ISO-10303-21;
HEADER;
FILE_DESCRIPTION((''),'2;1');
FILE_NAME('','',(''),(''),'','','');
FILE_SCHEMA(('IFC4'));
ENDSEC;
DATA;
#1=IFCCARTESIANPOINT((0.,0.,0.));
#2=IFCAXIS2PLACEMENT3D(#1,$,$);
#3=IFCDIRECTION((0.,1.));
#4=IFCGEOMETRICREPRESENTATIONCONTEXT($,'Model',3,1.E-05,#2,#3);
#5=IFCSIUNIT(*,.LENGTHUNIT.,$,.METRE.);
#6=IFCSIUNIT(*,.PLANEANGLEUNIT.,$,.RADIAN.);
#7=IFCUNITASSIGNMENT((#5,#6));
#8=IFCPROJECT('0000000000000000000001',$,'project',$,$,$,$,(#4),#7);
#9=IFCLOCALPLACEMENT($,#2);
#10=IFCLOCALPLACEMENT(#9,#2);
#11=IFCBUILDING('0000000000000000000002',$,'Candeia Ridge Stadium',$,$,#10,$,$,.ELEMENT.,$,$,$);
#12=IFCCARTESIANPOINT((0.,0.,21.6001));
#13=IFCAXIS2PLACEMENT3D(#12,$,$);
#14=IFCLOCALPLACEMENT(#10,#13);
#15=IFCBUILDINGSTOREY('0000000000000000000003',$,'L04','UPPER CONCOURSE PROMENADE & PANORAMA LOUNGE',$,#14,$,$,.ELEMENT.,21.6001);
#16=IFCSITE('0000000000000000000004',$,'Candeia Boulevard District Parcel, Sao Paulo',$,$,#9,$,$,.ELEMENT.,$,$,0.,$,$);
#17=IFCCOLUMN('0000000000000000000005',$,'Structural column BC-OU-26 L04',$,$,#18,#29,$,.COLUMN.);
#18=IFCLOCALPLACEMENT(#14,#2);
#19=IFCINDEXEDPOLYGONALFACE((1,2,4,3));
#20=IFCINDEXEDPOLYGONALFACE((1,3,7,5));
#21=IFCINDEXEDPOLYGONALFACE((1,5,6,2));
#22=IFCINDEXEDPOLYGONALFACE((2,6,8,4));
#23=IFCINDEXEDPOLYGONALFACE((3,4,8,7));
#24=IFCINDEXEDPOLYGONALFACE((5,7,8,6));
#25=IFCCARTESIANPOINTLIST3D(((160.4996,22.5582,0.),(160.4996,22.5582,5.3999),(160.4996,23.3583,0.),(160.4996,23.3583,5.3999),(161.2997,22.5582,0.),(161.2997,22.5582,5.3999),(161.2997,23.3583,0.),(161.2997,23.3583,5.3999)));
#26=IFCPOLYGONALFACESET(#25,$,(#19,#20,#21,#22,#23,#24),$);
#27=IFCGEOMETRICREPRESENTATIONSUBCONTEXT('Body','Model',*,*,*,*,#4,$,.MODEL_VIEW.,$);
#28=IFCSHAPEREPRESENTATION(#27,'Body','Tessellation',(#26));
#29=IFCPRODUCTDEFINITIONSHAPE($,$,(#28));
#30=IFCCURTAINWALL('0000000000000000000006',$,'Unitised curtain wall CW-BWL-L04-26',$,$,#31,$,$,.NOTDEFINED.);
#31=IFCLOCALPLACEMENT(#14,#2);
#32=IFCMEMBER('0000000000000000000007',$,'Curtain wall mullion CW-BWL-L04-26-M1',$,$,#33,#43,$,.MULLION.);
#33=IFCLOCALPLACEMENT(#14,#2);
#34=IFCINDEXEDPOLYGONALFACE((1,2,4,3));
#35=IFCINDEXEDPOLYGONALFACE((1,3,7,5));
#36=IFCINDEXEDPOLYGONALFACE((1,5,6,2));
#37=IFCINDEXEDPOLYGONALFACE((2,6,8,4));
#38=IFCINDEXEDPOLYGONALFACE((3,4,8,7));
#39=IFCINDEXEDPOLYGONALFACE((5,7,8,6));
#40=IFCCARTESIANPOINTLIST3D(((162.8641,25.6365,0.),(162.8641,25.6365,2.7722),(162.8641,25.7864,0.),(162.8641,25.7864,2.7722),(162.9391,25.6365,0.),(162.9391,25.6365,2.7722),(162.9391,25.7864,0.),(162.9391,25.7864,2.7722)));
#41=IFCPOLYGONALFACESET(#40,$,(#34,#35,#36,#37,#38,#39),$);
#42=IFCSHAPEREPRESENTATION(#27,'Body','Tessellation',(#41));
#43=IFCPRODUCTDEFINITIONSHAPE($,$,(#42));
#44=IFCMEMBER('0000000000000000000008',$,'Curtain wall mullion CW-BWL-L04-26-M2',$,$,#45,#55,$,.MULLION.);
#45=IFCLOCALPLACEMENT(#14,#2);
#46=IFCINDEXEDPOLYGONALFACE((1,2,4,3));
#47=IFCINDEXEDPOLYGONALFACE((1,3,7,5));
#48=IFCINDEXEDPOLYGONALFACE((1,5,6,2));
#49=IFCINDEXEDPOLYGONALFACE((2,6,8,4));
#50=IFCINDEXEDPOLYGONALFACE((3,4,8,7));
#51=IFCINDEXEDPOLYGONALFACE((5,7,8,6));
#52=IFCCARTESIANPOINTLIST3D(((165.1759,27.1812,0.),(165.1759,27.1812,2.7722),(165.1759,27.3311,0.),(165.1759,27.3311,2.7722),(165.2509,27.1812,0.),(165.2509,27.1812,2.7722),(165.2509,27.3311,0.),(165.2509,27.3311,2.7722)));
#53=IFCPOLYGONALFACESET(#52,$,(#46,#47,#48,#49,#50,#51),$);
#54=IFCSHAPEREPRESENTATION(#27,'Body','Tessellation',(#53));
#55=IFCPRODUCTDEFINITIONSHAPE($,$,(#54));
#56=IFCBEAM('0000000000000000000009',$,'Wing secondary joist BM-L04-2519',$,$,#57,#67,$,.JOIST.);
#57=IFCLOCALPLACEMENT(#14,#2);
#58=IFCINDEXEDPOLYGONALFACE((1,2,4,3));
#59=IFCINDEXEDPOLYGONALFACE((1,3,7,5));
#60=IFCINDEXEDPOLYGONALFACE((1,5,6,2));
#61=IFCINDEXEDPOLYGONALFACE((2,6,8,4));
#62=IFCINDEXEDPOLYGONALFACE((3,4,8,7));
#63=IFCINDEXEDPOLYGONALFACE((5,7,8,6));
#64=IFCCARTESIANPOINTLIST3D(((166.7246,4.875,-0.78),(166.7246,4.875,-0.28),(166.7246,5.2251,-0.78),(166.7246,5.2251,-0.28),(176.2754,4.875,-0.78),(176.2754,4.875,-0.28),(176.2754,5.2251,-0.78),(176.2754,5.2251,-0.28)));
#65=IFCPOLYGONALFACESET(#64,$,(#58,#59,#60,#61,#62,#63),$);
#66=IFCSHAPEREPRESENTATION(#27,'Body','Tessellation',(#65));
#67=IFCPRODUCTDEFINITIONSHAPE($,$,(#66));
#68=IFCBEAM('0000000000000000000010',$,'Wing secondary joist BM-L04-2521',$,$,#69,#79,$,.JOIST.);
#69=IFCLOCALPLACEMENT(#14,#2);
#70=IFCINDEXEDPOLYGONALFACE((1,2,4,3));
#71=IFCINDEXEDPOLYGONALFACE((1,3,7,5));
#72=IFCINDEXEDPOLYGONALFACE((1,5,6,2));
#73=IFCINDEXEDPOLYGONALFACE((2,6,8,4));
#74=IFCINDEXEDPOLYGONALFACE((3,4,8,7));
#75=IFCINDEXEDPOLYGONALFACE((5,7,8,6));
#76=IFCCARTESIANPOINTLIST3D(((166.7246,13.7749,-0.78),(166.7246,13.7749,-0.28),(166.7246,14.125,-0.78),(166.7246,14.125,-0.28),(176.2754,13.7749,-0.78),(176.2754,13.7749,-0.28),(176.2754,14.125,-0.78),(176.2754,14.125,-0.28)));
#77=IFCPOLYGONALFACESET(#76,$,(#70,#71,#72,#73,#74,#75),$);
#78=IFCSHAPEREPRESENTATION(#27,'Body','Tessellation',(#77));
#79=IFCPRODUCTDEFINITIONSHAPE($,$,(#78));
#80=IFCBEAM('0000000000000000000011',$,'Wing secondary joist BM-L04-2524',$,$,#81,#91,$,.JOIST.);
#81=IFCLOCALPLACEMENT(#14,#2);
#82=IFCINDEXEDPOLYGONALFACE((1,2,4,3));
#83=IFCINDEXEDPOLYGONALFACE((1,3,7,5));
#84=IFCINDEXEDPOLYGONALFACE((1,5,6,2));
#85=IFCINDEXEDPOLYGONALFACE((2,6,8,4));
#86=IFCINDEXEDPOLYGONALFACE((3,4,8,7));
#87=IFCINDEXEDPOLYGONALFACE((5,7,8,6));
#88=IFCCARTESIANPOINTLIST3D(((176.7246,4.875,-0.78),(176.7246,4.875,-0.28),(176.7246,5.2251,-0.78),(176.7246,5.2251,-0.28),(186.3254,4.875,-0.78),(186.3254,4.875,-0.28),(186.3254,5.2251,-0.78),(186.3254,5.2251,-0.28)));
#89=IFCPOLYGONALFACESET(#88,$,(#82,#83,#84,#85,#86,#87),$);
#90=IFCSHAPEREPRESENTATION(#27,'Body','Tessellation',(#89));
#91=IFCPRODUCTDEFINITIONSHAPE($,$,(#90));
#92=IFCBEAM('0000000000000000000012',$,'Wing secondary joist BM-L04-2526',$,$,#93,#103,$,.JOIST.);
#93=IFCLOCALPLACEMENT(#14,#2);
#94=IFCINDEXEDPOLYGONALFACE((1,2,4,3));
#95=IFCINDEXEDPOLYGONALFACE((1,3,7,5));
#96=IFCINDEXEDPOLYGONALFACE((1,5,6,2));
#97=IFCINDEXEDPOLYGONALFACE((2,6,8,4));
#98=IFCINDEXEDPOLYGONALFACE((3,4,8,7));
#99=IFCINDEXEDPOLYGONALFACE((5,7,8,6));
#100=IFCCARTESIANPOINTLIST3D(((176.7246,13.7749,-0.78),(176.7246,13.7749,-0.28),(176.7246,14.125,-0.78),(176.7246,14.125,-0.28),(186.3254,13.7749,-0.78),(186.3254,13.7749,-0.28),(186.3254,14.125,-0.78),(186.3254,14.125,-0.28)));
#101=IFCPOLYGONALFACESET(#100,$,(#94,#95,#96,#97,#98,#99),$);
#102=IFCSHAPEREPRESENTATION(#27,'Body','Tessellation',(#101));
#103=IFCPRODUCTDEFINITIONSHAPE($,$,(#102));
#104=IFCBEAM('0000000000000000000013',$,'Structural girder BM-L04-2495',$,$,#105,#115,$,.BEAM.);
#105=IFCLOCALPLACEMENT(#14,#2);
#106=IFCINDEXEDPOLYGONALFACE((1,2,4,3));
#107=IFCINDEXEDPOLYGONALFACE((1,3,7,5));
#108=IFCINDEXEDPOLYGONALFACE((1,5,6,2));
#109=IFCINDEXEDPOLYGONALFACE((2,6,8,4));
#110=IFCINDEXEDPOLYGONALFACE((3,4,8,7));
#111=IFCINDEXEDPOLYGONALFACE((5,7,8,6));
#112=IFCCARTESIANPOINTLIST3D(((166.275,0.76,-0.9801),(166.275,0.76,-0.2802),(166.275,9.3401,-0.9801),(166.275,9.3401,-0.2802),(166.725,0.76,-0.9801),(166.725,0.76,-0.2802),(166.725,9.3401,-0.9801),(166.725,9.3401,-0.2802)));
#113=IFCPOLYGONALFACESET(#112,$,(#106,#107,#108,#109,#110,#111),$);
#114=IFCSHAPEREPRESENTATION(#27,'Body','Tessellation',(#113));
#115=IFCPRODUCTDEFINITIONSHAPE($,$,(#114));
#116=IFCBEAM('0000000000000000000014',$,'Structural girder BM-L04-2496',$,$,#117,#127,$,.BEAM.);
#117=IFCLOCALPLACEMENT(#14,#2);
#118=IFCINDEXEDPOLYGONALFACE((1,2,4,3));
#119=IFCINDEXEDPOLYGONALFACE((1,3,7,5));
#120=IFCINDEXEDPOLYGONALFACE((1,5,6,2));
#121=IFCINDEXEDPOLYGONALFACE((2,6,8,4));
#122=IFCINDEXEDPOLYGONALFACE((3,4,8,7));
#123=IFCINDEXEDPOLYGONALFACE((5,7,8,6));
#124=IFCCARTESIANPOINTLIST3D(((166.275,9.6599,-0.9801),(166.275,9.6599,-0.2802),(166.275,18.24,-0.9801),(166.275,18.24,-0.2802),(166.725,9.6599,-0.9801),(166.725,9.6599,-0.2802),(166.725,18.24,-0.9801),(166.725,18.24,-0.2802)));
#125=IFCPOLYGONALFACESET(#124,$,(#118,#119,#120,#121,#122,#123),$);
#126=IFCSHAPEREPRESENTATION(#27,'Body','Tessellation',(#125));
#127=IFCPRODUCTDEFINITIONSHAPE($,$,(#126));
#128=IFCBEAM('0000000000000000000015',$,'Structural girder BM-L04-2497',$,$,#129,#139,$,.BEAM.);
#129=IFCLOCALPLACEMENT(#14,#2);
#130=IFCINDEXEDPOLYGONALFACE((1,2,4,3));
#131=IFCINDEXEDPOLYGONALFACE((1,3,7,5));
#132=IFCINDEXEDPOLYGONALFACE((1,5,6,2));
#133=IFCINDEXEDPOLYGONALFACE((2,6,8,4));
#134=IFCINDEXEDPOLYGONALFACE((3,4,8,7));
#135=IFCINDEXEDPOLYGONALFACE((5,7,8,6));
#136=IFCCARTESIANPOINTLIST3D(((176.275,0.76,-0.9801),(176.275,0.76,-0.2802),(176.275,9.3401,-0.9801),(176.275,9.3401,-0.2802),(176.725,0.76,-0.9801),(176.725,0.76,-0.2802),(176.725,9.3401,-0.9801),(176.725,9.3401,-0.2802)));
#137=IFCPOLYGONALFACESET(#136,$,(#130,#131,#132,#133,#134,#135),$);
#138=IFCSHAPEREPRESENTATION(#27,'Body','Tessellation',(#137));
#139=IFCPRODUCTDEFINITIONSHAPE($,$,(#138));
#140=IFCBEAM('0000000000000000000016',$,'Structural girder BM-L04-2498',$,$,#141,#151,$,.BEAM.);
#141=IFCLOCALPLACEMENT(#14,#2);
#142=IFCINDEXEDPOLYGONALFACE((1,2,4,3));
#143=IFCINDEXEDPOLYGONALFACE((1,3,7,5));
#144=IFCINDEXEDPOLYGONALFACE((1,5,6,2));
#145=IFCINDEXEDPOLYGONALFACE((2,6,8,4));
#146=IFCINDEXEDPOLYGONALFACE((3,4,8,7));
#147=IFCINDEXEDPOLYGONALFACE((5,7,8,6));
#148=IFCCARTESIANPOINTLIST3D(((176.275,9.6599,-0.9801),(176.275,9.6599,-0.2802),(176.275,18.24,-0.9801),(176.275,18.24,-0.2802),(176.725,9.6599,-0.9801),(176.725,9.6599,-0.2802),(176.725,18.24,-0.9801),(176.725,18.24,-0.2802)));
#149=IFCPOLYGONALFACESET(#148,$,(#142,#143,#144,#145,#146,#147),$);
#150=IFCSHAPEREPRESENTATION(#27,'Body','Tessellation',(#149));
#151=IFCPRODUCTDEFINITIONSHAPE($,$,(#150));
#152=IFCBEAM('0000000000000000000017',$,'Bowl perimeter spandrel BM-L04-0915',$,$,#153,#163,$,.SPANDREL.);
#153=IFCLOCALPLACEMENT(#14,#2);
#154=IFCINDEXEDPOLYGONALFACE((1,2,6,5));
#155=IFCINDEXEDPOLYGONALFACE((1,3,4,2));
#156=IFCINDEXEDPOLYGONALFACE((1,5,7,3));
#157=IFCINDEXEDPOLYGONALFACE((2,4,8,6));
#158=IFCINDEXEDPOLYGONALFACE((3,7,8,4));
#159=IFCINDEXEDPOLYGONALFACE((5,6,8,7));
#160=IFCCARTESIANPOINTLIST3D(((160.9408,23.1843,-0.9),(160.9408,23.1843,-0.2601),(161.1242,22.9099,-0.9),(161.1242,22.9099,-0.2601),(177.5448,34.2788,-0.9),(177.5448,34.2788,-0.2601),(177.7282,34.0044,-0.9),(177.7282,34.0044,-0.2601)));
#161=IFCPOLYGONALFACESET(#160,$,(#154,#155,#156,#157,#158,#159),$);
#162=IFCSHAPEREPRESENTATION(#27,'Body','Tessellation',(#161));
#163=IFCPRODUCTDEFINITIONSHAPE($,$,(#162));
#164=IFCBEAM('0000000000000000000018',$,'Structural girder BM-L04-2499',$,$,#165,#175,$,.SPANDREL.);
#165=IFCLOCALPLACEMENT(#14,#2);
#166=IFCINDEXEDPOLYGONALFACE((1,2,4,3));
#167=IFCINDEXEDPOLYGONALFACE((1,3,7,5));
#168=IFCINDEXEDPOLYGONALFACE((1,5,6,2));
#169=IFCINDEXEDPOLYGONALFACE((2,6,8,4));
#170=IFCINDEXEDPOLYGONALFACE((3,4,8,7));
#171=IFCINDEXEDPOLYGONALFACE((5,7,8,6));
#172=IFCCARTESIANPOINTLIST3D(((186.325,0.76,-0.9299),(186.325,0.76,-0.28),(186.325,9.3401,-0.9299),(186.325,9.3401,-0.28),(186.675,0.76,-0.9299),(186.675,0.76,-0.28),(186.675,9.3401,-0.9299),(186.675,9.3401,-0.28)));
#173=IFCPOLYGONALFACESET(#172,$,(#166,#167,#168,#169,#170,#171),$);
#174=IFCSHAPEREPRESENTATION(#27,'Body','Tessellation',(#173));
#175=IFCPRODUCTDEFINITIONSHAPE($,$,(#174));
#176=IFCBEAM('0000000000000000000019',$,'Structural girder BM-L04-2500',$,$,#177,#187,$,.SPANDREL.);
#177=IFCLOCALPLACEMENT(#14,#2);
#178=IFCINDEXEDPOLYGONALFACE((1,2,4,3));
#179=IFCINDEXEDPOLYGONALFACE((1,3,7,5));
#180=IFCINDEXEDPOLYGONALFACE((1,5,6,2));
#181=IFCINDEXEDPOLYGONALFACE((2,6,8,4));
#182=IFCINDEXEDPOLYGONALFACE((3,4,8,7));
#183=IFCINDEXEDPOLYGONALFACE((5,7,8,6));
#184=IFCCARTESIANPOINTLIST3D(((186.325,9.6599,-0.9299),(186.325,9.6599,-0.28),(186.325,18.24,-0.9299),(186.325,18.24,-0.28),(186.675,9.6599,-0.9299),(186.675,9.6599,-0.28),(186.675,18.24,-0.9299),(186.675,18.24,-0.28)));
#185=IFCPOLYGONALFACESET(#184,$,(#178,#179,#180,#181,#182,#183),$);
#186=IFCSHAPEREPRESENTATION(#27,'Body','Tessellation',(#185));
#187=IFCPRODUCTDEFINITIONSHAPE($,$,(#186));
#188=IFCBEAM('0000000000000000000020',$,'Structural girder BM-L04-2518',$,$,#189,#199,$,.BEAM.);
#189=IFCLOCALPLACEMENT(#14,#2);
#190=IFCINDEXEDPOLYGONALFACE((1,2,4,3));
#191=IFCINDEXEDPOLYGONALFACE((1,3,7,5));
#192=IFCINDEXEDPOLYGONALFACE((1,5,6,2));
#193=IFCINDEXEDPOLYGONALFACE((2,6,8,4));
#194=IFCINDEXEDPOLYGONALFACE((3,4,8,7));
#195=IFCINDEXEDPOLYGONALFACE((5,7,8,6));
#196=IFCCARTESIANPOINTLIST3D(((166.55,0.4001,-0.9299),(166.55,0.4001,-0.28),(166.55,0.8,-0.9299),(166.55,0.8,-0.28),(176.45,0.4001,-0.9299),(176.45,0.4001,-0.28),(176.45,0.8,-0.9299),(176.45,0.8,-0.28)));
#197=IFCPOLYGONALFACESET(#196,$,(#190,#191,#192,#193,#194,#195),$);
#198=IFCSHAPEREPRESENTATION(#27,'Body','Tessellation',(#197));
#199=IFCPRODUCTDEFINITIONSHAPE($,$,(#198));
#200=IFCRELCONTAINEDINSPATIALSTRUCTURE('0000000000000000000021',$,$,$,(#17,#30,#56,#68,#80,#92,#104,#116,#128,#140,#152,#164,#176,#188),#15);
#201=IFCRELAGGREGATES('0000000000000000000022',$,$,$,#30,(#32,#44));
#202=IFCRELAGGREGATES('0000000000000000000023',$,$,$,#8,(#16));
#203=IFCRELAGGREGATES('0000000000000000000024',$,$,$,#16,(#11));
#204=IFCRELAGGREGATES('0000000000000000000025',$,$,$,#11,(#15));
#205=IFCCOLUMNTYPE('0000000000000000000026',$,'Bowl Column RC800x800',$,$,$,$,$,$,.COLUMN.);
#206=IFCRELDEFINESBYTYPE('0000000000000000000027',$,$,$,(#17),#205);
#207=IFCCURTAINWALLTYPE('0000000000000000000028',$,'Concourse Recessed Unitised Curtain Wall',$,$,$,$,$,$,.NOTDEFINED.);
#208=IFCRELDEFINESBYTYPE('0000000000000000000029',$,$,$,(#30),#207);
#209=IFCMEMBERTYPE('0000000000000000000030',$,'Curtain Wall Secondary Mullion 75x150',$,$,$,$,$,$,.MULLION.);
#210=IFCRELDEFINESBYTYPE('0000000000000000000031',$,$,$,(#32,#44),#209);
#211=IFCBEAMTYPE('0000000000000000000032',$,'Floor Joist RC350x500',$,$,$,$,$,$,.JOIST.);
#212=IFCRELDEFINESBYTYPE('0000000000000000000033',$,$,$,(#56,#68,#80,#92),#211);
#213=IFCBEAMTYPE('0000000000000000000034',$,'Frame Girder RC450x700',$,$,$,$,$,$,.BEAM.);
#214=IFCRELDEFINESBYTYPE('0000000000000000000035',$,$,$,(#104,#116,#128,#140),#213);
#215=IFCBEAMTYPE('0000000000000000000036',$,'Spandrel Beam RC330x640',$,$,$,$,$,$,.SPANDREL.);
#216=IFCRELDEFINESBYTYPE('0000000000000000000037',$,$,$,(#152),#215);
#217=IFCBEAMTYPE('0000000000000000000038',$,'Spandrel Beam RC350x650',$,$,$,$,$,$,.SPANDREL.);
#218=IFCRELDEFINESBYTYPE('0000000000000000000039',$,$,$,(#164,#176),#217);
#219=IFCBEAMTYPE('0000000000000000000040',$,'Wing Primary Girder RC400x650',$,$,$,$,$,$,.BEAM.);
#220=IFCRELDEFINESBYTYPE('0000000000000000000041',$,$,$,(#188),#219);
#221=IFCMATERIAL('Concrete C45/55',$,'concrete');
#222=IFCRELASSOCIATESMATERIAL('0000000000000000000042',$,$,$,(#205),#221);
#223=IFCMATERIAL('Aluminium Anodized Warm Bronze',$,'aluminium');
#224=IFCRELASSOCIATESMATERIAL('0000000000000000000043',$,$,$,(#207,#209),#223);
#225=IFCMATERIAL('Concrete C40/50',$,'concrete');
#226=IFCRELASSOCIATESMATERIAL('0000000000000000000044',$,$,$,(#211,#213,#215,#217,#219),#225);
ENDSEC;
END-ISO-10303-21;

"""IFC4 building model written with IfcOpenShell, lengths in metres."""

from ifc_helpers import new_model, si_unit, direction, frame, origin, origin_2d, place, context, subcontext, project, spatial, rectangle, extrude, material, material_profile, profile_set, type_object, element, aggregate, save


model = new_model("IFC4")

# Units and contexts
model_context = context("Model", 3, precision=1e-05, world=origin(), true_north=direction((0.0, 1.0)))
body_context = subcontext(model_context, "Body", "Model", "MODEL_VIEW")
ifc_project = project(units=[si_unit("LENGTHUNIT", "METRE"), si_unit("PLANEANGLEUNIT", "RADIAN")], contexts=[model_context])

# Site, building, storey
site_placement = place(None, origin())
site = spatial("IfcSite", under=ifc_project, at=site_placement, Name="Candeia Boulevard District Parcel, Sao Paulo", CompositionType="ELEMENT", RefElevation=0.0)
building_placement = place(site_placement, origin())
building = spatial("IfcBuilding", under=site, at=building_placement, Name="Candeia Ridge Stadium", CompositionType="ELEMENT")
storey_placement = place(building_placement, frame((0.0, 0.0, 21.6001)))
storey = spatial("IfcBuildingStorey", under=building, at=storey_placement, Name="L04", Description="UPPER CONCOURSE PROMENADE & PANORAMA LOUNGE", CompositionType="ELEMENT", Elevation=21.6001)

# Column
ifc_material_1 = material(Name="Concrete C45/55", Category="concrete")
ifc_material_profile_1 = material_profile(ifc_material_1, rectangle(XDim=0.8, YDim=0.8, at=origin_2d()), Name="RC800x800", Category="concrete")
ifc_profile_set_1 = profile_set([ifc_material_profile_1], Name="Concrete C45/55")
column_type = type_object("IfcColumnType", Name="Bowl Column RC800x800", PredefinedType="COLUMN", material=ifc_profile_set_1)
column_placement = place(storey_placement, frame((160.8997, 22.9583, 0.0), z_axis=(0.0, 0.0, 1.0), x_axis=(1.0, 0.0, 0.0)))
element("IfcColumn", 1, at=column_placement, inside=storey, type_object=column_type, Name="Structural column BC-OU-26 L04", PredefinedType="COLUMN", context=body_context, shape_type="SweptSolid", body=[
    extrude(rectangle(XDim=0.8, YDim=0.8, at=origin_2d()), origin(), (0.0, 0.0, 1.0), 5.3999),
])

# Curtain wall, members
ifc_material_2 = material(Name="Aluminium Anodized Warm Bronze", Category="aluminium")
curtain_wall_type = type_object("IfcCurtainWallType", Name="Concourse Recessed Unitised Curtain Wall", PredefinedType="NOTDEFINED", material=ifc_material_2)
curtain_wall_placement = place(storey_placement, origin())
curtain_wall = element("IfcCurtainWall", 2, at=curtain_wall_placement, inside=storey, type_object=curtain_wall_type, Name="Unitised curtain wall CW-BWL-L04-26", PredefinedType="NOTDEFINED")
ifc_material_profile_2 = material_profile(ifc_material_2, rectangle(XDim=0.075, YDim=0.1499, at=origin_2d()), Name="CWM-75x150", Category="aluminium")
ifc_profile_set_2 = profile_set([ifc_material_profile_2], Name="Aluminium Anodized Warm Bronze")
member_type = type_object("IfcMemberType", Name="Curtain Wall Secondary Mullion 75x150", PredefinedType="MULLION", material=ifc_profile_set_2)
member_1_placement = place(storey_placement, frame((162.9016, 25.7114, 0.0), z_axis=(0.0, 0.0, 1.0), x_axis=(1.0, 0.0, 0.0)))
member_1 = element("IfcMember", 3, at=member_1_placement, type_object=member_type, Name="Curtain wall mullion CW-BWL-L04-26-M1", PredefinedType="MULLION", context=body_context, shape_type="SweptSolid", body=[
    extrude(rectangle(XDim=0.075, YDim=0.1499, at=origin_2d()), origin(), (0.0, 0.0, 1.0), 2.7722),
])
member_2_placement = place(storey_placement, frame((165.2134, 27.2561, 0.0), z_axis=(0.0, 0.0, 1.0), x_axis=(1.0, 0.0, 0.0)))
member_2 = element("IfcMember", 4, at=member_2_placement, type_object=member_type, Name="Curtain wall mullion CW-BWL-L04-26-M2", PredefinedType="MULLION", context=body_context, shape_type="SweptSolid", body=[
    extrude(rectangle(XDim=0.075, YDim=0.1499, at=origin_2d()), origin(), (0.0, 0.0, 1.0), 2.7722),
])

# Beams
ifc_material_3 = material(Name="Concrete C40/50", Category="concrete")
ifc_material_profile_3 = material_profile(ifc_material_3, rectangle(XDim=0.3501, YDim=0.5, at=origin_2d()), Name="RC350x500", Category="concrete")
ifc_profile_set_3 = profile_set([ifc_material_profile_3], Name="Concrete C40/50")
beam_type_1 = type_object("IfcBeamType", Name="Floor Joist RC350x500", PredefinedType="JOIST", material=ifc_profile_set_3)
for number, where, z_axis, x_axis, name in (
    (5, (166.7246, 5.05, -0.53), (1.0, 0.0, 0.0), (0.0, 1.0, 0.0), "Wing secondary joist BM-L04-2519"),
    (6, (166.7246, 13.95, -0.53), (1.0, 0.0, 0.0), (0.0, 1.0, 0.0), "Wing secondary joist BM-L04-2521"),
):
    element("IfcBeam", number, at=place(storey_placement, frame(where, z_axis=z_axis, x_axis=x_axis)), inside=storey, type_object=beam_type_1, Name=name, PredefinedType="JOIST", context=body_context, shape_type="SweptSolid", body=[
        extrude(rectangle(XDim=0.3501, YDim=0.5, at=origin_2d()), origin(), (0.0, 0.0, 1.0), 9.5508),
    ])
for number, where, z_axis, x_axis, name in (
    (7, (176.7246, 5.05, -0.53), (1.0, 0.0, 0.0), (0.0, 1.0, 0.0), "Wing secondary joist BM-L04-2524"),
    (8, (176.7246, 13.95, -0.53), (1.0, 0.0, 0.0), (0.0, 1.0, 0.0), "Wing secondary joist BM-L04-2526"),
):
    element("IfcBeam", number, at=place(storey_placement, frame(where, z_axis=z_axis, x_axis=x_axis)), inside=storey, type_object=beam_type_1, Name=name, PredefinedType="JOIST", context=body_context, shape_type="SweptSolid", body=[
        extrude(rectangle(XDim=0.3501, YDim=0.5, at=origin_2d()), origin(), (0.0, 0.0, 1.0), 9.6008),
    ])
ifc_material_profile_4 = material_profile(ifc_material_3, rectangle(XDim=0.45, YDim=0.7, at=origin_2d()), Name="RC450x700", Category="concrete")
ifc_profile_set_4 = profile_set([ifc_material_profile_4], Name="Concrete C40/50")
beam_type_2 = type_object("IfcBeamType", Name="Frame Girder RC450x700", PredefinedType="BEAM", material=ifc_profile_set_4)
for number, where, z_axis, x_axis, name in (
    (9, (166.5, 0.76, -0.6301), (0.0, 1.0, 0.0), (-1.0, 0.0, 0.0), "Structural girder BM-L04-2495"),
    (10, (166.5, 9.6599, -0.6301), (0.0, 1.0, 0.0), (-1.0, 0.0, 0.0), "Structural girder BM-L04-2496"),
    (11, (176.5, 0.76, -0.6301), (0.0, 1.0, 0.0), (-1.0, 0.0, 0.0), "Structural girder BM-L04-2497"),
    (12, (176.5, 9.6599, -0.6301), (0.0, 1.0, 0.0), (-1.0, 0.0, 0.0), "Structural girder BM-L04-2498"),
):
    element("IfcBeam", number, at=place(storey_placement, frame(where, z_axis=z_axis, x_axis=x_axis)), inside=storey, type_object=beam_type_2, Name=name, PredefinedType="BEAM", context=body_context, shape_type="SweptSolid", body=[
        extrude(rectangle(XDim=0.45, YDim=0.7, at=origin_2d()), origin(), (0.0, 0.0, 1.0), 8.5801),
    ])
ifc_material_profile_5 = material_profile(ifc_material_3, rectangle(XDim=0.3301, YDim=0.6399, at=origin_2d()), Name="RC330x640", Category="concrete")
ifc_profile_set_5 = profile_set([ifc_material_profile_5], Name="Concrete C40/50")
beam_type_3 = type_object("IfcBeamType", Name="Spandrel Beam RC330x640", PredefinedType="SPANDREL", material=ifc_profile_set_5)
beam_placement = place(storey_placement, frame((161.0325, 23.0471, -0.5801), z_axis=(0.831469, 0.555572, 0.0), x_axis=(-0.555572, 0.831469, 0.0)))
element("IfcBeam", 13, at=beam_placement, inside=storey, type_object=beam_type_3, Name="Bowl perimeter spandrel BM-L04-0915", PredefinedType="SPANDREL", context=body_context, shape_type="SweptSolid", body=[
    extrude(rectangle(XDim=0.3301, YDim=0.6399, at=origin_2d()), origin(), (0.0, 0.0, 1.0), 19.9695),
])
ifc_material_profile_6 = material_profile(ifc_material_3, rectangle(XDim=0.3501, YDim=0.6499, at=origin_2d()), Name="RC350x650", Category="concrete")
ifc_profile_set_6 = profile_set([ifc_material_profile_6], Name="Concrete C40/50")
beam_type_4 = type_object("IfcBeamType", Name="Spandrel Beam RC350x650", PredefinedType="SPANDREL", material=ifc_profile_set_6)
for number, where, z_axis, x_axis, name in (
    (14, (186.5, 0.76, -0.605), (0.0, 1.0, 0.0), (-1.0, 0.0, 0.0), "Structural girder BM-L04-2499"),
    (15, (186.5, 9.6599, -0.605), (0.0, 1.0, 0.0), (-1.0, 0.0, 0.0), "Structural girder BM-L04-2500"),
):
    element("IfcBeam", number, at=place(storey_placement, frame(where, z_axis=z_axis, x_axis=x_axis)), inside=storey, type_object=beam_type_4, Name=name, PredefinedType="SPANDREL", context=body_context, shape_type="SweptSolid", body=[
        extrude(rectangle(XDim=0.3501, YDim=0.6499, at=origin_2d()), origin(), (0.0, 0.0, 1.0), 8.5801),
    ])
ifc_material_profile_7 = material_profile(ifc_material_3, rectangle(XDim=0.3999, YDim=0.6499, at=origin_2d()), Name="RC400x650", Category="concrete")
ifc_profile_set_7 = profile_set([ifc_material_profile_7], Name="Concrete C40/50")
beam_type_5 = type_object("IfcBeamType", Name="Wing Primary Girder RC400x650", PredefinedType="BEAM", material=ifc_profile_set_7)
for number, where, z_axis, x_axis, name in (
    (16, (166.55, 0.6001, -0.605), (1.0, 0.0, 0.0), (0.0, 1.0, 0.0), "Structural girder BM-L04-2518"),
):
    element("IfcBeam", number, at=place(storey_placement, frame(where, z_axis=z_axis, x_axis=x_axis)), inside=storey, type_object=beam_type_5, Name=name, PredefinedType="BEAM", context=body_context, shape_type="SweptSolid", body=[
        extrude(rectangle(XDim=0.3999, YDim=0.6499, at=origin_2d()), origin(), (0.0, 0.0, 1.0), 9.8999),
    ])

aggregate(curtain_wall, [member_1, member_2])

save(model, "model.ifc")
